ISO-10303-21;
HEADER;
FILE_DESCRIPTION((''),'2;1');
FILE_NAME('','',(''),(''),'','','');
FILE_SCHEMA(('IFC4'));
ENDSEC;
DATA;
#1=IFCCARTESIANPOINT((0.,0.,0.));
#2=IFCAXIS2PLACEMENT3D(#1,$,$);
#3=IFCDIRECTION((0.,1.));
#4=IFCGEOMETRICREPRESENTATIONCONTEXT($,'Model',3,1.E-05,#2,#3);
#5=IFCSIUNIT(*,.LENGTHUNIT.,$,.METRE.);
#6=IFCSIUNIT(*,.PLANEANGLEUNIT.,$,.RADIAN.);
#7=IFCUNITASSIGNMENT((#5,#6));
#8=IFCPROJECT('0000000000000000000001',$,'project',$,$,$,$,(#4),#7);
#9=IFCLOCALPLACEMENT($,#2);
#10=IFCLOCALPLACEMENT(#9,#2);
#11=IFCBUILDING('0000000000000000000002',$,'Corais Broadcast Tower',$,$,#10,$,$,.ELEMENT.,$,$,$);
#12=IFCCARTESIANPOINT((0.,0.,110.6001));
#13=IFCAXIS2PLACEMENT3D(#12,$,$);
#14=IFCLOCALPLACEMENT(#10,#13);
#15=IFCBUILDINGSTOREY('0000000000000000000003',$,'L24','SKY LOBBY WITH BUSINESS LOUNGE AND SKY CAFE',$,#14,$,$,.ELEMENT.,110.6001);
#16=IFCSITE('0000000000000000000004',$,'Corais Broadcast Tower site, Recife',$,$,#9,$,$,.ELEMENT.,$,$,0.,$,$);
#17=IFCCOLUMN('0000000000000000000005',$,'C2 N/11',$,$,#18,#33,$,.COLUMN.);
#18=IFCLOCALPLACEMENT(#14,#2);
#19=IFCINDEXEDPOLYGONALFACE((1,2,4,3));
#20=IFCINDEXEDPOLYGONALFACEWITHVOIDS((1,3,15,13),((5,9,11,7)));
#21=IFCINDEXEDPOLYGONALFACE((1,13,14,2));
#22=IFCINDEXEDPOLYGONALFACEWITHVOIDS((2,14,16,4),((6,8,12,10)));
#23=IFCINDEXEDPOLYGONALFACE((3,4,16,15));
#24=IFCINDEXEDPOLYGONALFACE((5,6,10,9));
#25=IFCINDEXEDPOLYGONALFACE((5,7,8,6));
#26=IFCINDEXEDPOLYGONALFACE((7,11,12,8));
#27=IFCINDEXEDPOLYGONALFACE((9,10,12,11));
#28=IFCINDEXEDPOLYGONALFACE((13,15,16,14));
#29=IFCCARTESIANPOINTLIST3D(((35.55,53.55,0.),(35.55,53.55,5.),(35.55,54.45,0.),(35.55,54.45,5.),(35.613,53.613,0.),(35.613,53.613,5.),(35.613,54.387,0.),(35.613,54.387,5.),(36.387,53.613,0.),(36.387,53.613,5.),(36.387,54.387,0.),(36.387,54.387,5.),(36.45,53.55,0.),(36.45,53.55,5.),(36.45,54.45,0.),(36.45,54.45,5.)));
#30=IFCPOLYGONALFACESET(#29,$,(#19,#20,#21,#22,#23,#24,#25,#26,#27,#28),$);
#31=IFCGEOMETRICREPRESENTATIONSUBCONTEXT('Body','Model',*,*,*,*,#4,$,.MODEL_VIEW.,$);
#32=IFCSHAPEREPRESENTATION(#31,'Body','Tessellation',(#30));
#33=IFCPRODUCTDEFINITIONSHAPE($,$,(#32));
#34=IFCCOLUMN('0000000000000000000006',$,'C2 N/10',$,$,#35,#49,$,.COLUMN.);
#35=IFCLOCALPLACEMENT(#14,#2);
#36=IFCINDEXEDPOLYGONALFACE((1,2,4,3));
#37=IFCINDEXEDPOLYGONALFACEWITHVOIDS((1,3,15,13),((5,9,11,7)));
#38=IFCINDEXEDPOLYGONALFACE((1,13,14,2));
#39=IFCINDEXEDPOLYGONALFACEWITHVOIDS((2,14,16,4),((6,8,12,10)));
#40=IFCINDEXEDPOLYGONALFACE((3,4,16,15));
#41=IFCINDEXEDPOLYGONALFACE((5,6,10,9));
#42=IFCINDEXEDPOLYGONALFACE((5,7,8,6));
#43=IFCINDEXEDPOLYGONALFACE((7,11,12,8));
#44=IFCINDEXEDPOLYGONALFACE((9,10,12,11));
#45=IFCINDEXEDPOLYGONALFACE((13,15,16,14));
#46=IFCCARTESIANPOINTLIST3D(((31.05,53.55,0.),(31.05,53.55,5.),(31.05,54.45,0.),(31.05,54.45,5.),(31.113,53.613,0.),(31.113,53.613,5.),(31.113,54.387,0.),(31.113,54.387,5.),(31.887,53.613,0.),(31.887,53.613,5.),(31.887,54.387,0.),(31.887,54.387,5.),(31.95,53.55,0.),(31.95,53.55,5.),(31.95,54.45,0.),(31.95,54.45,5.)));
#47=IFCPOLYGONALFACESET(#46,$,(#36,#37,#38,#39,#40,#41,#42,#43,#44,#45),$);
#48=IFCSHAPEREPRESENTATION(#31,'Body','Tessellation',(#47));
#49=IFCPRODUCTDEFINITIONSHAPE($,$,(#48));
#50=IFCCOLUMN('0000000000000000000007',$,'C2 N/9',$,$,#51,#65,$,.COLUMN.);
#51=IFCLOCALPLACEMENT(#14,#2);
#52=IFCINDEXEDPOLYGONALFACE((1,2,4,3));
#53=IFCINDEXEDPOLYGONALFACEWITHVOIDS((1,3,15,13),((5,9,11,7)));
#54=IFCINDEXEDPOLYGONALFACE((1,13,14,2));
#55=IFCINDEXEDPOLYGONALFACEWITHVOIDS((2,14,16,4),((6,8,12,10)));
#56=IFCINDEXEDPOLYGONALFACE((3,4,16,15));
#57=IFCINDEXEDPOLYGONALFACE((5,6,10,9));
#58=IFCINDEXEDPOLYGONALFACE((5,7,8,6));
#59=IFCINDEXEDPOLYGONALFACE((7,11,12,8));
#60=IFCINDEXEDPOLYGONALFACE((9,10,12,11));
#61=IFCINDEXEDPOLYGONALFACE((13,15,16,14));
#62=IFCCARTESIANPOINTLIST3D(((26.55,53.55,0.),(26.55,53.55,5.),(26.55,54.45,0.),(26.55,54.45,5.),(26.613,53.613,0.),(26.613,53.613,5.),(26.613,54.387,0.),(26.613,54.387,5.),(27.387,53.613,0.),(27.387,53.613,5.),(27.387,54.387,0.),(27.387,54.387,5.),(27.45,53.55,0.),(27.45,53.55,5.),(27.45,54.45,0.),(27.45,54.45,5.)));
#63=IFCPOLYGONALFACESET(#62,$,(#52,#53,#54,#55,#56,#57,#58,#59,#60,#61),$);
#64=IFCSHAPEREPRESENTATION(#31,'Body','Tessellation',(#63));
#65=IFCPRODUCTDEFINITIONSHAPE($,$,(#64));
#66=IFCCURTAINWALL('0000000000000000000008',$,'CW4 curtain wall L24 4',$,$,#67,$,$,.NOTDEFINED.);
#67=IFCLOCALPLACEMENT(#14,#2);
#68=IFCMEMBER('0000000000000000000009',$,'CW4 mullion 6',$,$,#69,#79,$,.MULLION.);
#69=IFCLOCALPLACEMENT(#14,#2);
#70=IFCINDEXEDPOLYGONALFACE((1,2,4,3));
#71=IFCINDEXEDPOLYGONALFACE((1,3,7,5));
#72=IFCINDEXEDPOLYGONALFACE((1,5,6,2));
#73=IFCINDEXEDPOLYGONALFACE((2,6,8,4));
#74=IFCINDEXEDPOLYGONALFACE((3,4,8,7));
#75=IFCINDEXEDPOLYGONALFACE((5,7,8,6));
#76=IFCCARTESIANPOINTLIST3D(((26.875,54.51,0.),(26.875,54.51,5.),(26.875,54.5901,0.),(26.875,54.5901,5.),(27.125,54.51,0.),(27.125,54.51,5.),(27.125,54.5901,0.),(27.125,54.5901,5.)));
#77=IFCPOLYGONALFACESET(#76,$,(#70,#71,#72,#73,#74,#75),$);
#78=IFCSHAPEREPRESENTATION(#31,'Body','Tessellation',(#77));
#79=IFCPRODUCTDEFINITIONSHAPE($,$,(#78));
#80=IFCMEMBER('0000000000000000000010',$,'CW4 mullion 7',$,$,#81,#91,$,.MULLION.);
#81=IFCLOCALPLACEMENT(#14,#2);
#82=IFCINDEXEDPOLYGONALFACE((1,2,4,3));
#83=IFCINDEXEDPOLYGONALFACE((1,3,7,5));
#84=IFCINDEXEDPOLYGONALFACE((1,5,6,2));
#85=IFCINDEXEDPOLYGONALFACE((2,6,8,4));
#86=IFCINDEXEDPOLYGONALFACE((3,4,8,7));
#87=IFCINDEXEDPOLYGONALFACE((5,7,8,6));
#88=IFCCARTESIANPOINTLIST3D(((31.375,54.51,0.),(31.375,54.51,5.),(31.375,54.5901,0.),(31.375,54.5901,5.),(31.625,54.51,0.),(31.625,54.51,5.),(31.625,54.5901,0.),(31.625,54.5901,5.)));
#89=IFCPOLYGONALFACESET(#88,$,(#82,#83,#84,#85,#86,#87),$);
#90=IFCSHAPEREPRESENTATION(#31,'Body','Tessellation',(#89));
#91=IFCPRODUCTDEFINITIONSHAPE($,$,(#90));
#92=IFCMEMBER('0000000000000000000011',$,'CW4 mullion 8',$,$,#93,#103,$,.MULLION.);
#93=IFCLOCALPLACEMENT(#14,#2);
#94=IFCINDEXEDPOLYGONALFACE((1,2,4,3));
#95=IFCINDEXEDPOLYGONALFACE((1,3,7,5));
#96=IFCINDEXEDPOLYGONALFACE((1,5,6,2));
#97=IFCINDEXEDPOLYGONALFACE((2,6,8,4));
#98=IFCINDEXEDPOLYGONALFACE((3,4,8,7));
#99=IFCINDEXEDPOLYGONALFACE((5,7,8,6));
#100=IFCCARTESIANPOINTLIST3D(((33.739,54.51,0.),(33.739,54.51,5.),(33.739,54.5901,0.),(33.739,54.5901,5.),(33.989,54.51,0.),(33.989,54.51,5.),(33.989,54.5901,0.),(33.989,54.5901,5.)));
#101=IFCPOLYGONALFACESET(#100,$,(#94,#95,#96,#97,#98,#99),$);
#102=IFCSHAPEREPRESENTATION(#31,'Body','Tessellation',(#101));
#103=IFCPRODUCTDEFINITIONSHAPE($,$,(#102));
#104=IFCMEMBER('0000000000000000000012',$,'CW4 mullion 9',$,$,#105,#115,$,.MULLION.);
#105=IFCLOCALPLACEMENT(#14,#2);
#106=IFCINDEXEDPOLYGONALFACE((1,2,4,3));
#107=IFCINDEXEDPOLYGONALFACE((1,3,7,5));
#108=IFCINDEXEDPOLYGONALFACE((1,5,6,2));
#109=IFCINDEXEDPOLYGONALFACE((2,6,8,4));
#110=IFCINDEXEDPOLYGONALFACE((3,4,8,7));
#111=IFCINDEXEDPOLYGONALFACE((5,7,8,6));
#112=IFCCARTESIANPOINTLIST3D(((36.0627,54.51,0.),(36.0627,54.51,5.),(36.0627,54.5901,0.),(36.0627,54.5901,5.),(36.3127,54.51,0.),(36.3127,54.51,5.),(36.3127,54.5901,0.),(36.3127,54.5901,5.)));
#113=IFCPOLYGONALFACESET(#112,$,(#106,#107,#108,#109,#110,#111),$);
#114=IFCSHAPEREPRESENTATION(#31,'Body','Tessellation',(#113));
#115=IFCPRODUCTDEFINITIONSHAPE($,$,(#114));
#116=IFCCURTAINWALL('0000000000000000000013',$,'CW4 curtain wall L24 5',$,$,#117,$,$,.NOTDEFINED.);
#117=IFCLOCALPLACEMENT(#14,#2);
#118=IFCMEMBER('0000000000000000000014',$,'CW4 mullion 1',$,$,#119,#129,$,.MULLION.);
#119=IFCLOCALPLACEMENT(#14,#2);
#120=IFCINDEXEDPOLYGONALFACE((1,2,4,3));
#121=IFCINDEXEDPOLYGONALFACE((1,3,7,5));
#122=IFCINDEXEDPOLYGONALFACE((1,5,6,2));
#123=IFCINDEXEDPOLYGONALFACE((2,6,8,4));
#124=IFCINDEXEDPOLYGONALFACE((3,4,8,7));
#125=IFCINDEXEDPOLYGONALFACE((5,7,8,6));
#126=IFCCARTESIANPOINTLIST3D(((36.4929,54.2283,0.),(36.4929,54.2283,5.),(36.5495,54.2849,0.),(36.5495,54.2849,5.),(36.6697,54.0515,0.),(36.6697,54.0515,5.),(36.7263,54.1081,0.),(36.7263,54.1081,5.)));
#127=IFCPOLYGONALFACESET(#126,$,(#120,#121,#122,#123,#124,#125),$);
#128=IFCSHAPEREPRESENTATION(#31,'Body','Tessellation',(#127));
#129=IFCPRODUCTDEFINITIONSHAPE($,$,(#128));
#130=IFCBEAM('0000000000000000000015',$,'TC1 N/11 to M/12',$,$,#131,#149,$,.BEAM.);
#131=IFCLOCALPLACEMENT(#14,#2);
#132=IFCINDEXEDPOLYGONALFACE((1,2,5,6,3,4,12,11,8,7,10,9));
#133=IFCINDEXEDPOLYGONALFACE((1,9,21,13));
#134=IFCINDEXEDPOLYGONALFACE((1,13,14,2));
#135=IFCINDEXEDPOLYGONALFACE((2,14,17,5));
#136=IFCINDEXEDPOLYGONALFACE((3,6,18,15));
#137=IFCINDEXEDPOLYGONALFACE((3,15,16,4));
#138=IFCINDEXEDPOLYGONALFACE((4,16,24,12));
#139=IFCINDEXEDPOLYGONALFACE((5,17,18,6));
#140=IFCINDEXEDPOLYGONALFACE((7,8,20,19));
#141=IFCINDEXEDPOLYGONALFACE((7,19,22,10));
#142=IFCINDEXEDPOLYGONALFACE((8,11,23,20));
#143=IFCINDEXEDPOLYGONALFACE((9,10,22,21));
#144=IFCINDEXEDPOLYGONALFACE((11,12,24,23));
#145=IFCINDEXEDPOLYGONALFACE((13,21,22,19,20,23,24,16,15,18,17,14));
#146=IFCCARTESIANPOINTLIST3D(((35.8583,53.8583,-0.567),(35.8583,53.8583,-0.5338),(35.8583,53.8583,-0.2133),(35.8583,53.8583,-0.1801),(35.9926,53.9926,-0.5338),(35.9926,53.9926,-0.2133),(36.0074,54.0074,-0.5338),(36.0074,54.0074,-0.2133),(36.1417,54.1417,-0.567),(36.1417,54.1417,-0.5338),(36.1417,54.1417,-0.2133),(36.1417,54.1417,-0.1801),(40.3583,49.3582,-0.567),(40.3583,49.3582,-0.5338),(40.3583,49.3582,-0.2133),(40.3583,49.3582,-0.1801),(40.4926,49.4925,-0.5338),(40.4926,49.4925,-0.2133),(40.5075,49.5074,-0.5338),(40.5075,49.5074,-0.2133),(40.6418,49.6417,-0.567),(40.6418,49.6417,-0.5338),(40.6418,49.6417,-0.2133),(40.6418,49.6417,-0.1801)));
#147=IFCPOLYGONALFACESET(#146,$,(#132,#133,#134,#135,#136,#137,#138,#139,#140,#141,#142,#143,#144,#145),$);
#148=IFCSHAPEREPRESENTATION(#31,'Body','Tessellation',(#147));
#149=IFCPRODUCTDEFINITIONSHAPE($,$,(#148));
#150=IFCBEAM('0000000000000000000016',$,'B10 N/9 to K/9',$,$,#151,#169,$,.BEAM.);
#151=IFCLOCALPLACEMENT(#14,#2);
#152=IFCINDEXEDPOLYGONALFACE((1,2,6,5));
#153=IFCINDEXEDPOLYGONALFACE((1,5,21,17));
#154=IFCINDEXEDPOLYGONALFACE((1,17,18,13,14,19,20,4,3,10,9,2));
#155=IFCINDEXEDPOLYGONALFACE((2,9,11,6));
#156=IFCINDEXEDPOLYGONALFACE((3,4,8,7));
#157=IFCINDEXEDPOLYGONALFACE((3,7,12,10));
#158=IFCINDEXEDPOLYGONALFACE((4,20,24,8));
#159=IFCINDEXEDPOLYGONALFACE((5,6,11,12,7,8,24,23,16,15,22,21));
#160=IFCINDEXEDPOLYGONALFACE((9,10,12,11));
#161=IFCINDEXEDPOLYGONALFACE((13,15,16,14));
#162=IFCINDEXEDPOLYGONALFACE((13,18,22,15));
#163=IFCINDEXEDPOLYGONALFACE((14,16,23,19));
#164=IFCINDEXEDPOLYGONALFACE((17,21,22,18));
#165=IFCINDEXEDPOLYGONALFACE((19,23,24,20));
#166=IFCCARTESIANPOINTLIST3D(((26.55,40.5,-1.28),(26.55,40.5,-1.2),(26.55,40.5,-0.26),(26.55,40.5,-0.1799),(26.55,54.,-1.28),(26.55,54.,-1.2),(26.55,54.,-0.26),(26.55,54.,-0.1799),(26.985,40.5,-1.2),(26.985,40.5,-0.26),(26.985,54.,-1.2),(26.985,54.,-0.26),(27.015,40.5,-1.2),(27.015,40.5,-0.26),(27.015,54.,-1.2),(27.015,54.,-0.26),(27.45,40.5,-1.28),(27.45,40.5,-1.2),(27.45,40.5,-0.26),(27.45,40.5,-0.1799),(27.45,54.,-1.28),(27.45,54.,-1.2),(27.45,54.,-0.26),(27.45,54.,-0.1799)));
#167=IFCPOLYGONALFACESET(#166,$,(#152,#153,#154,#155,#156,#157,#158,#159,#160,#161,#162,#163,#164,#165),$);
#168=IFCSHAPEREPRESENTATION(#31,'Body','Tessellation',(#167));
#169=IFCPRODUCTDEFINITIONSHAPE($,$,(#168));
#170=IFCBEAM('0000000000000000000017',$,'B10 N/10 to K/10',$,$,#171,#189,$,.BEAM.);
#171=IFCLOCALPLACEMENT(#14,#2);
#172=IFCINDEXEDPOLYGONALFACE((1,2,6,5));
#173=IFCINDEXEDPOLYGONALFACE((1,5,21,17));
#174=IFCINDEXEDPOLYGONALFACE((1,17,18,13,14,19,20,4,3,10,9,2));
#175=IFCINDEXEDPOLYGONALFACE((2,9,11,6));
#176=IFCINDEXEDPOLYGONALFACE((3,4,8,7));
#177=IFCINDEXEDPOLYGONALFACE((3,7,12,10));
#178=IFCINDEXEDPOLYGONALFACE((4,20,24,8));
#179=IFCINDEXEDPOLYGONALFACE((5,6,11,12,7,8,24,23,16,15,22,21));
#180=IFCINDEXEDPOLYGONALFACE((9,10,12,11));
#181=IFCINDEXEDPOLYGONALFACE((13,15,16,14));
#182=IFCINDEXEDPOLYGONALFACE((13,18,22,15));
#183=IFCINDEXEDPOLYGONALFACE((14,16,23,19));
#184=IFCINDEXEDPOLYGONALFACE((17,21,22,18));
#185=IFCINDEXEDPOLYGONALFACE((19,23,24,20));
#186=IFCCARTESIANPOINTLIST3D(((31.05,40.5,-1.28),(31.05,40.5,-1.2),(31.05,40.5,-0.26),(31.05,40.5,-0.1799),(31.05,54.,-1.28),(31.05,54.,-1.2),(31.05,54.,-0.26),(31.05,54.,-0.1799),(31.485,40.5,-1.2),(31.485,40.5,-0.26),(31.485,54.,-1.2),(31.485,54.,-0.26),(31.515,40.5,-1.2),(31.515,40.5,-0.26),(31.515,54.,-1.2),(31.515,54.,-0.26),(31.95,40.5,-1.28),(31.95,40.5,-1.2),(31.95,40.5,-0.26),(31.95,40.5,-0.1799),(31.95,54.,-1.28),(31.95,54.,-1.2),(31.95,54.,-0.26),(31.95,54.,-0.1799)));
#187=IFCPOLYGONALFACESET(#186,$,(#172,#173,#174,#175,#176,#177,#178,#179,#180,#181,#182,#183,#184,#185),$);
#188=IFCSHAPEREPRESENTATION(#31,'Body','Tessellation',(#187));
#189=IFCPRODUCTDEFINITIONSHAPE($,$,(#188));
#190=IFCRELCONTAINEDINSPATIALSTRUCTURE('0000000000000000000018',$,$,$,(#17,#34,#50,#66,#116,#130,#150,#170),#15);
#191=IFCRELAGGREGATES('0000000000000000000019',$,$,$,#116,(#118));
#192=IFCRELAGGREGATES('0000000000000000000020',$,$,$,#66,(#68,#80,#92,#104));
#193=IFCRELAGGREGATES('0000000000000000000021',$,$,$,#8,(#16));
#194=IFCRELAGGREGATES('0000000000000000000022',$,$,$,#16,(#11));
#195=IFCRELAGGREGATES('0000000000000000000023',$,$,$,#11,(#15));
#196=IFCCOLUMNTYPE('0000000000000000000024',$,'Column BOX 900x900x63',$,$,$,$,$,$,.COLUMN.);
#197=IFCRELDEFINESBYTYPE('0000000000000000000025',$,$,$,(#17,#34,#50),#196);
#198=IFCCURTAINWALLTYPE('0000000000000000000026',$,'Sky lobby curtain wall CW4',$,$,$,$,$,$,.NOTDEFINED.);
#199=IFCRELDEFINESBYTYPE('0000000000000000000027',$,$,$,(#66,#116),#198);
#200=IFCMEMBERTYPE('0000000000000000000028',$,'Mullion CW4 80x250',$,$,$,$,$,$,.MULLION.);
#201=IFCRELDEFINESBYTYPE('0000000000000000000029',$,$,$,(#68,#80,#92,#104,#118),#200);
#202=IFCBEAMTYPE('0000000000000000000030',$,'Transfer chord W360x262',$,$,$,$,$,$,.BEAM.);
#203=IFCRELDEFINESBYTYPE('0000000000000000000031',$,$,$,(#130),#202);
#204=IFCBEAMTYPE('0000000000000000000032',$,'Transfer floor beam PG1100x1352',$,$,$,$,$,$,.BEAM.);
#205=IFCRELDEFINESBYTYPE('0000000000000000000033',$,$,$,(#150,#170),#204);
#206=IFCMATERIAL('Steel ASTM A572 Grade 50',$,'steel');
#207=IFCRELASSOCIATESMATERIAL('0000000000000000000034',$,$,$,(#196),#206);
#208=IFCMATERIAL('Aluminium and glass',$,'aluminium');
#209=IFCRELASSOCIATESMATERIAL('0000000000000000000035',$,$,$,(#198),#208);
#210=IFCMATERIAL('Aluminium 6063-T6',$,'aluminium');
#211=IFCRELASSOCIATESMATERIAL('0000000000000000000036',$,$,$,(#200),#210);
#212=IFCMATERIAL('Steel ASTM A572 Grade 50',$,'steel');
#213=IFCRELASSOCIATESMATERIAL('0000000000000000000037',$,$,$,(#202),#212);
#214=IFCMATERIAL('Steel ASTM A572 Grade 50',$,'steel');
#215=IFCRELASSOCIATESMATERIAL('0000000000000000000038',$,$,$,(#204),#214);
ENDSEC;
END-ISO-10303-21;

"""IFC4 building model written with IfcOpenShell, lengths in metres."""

from ifc_helpers import new_model, si_unit, direction, frame, origin, origin_2d, place, context, subcontext, project, spatial, rectangle, hollow_rectangle, i_section, extrude, material, material_profile, profile_set, type_object, element, aggregate, save


model = new_model("IFC4")

# Units and contexts
model_context = context("Model", 3, precision=1e-05, world=origin(), true_north=direction((0.0, 1.0)))
body_context = subcontext(model_context, "Body", "Model", "MODEL_VIEW")
ifc_project = project(units=[si_unit("LENGTHUNIT", "METRE"), si_unit("PLANEANGLEUNIT", "RADIAN")], contexts=[model_context])

# Site, building, storey
site_placement = place(None, origin())
site = spatial("IfcSite", under=ifc_project, at=site_placement, Name="Corais Broadcast Tower site, Recife", CompositionType="ELEMENT", RefElevation=0.0)
building_placement = place(site_placement, origin())
building = spatial("IfcBuilding", under=site, at=building_placement, Name="Corais Broadcast Tower", CompositionType="ELEMENT")
storey_placement = place(building_placement, frame((0.0, 0.0, 110.6001)))
storey = spatial("IfcBuildingStorey", under=building, at=storey_placement, Name="L24", Description="SKY LOBBY WITH BUSINESS LOUNGE AND SKY CAFE", CompositionType="ELEMENT", Elevation=110.6001)

# Columns
ifc_material_1 = material(Name="Steel ASTM A572 Grade 50", Category="steel")
ifc_material_profile_1 = material_profile(ifc_material_1, hollow_rectangle(XDim=0.8999, YDim=0.8999, WallThickness=0.063, at=origin_2d()), Name="BOX 900x900x63")
ifc_profile_set_1 = profile_set([ifc_material_profile_1], Name="Steel ASTM A572 Grade 50")
column_type = type_object("IfcColumnType", Name="Column BOX 900x900x63", PredefinedType="COLUMN", material=ifc_profile_set_1)
for number, where, z_axis, x_axis, name in (
    (1, (36.0, 54.0, 0.0), (0.0, 0.0, 1.0), (1.0, 0.0, 0.0), "C2 N/11"),
    (2, (31.5, 54.0, 0.0), (0.0, 0.0, 1.0), (1.0, 0.0, 0.0), "C2 N/10"),
    (3, (27.0, 54.0, 0.0), (0.0, 0.0, 1.0), (1.0, 0.0, 0.0), "C2 N/9"),
):
    element("IfcColumn", number, at=place(storey_placement, frame(where, z_axis=z_axis, x_axis=x_axis)), inside=storey, type_object=column_type, Name=name, PredefinedType="COLUMN", context=body_context, shape_type="SweptSolid", body=[
        extrude(hollow_rectangle(XDim=0.8999, YDim=0.8999, WallThickness=0.063, at=origin_2d()), origin(), (0.0, 0.0, 1.0), 5.0),
    ])

# Curtain wall, members
ifc_material_2 = material(Name="Aluminium and glass", Category="aluminium")
curtain_wall_type = type_object("IfcCurtainWallType", Name="Sky lobby curtain wall CW4", PredefinedType="NOTDEFINED", material=ifc_material_2)
curtain_wall_1_placement = place(storey_placement, origin())
curtain_wall_1 = element("IfcCurtainWall", 4, at=curtain_wall_1_placement, inside=storey, type_object=curtain_wall_type, Name="CW4 curtain wall L24 4", PredefinedType="NOTDEFINED")
ifc_material_3 = material(Name="Aluminium 6063-T6", Category="aluminium")
ifc_material_profile_2 = material_profile(ifc_material_3, rectangle(XDim=0.0801, YDim=0.25, at=origin_2d()), Name="Mullion CW4 80x250")
ifc_profile_set_2 = profile_set([ifc_material_profile_2], Name="Aluminium 6063-T6")
member_type_1 = type_object("IfcMemberType", Name="Mullion CW4 80x250", PredefinedType="MULLION", material=ifc_profile_set_2)
member_1_placement = place(storey_placement, frame((27.0, 54.55, 0.0), z_axis=(0.0, 0.0, 1.0), x_axis=(0.0, 1.0, 0.0)))
member_1 = element("IfcMember", 5, at=member_1_placement, type_object=member_type_1, Name="CW4 mullion 6", PredefinedType="MULLION", context=body_context, shape_type="SweptSolid", body=[
    extrude(rectangle(XDim=0.0801, YDim=0.25, at=origin_2d()), origin(), (0.0, 0.0, 1.0), 5.0),
])
member_2_placement = place(storey_placement, frame((31.5, 54.55, 0.0), z_axis=(0.0, 0.0, 1.0), x_axis=(0.0, 1.0, 0.0)))
member_2 = element("IfcMember", 6, at=member_2_placement, type_object=member_type_1, Name="CW4 mullion 7", PredefinedType="MULLION", context=body_context, shape_type="SweptSolid", body=[
    extrude(rectangle(XDim=0.0801, YDim=0.25, at=origin_2d()), origin(), (0.0, 0.0, 1.0), 5.0),
])
member_3_placement = place(storey_placement, frame((33.864, 54.55, 0.0), z_axis=(0.0, 0.0, 1.0), x_axis=(0.0, 1.0, 0.0)))
member_3 = element("IfcMember", 7, at=member_3_placement, type_object=member_type_1, Name="CW4 mullion 8", PredefinedType="MULLION", context=body_context, shape_type="SweptSolid", body=[
    extrude(rectangle(XDim=0.0801, YDim=0.25, at=origin_2d()), origin(), (0.0, 0.0, 1.0), 5.0),
])
member_4_placement = place(storey_placement, frame((36.1877, 54.55, 0.0), z_axis=(0.0, 0.0, 1.0), x_axis=(0.0, 1.0, 0.0)))
member_4 = element("IfcMember", 8, at=member_4_placement, type_object=member_type_1, Name="CW4 mullion 9", PredefinedType="MULLION", context=body_context, shape_type="SweptSolid", body=[
    extrude(rectangle(XDim=0.0801, YDim=0.25, at=origin_2d()), origin(), (0.0, 0.0, 1.0), 5.0),
])

# Curtain wall, member
curtain_wall_2_placement = place(storey_placement, origin())
curtain_wall_2 = element("IfcCurtainWall", 9, at=curtain_wall_2_placement, inside=storey, type_object=curtain_wall_type, Name="CW4 curtain wall L24 5", PredefinedType="NOTDEFINED")
member_5_placement = place(storey_placement, frame((36.6096, 54.1682, 0.0), z_axis=(0.0, 0.0, 1.0), x_axis=(0.707107, 0.707107, 0.0)))
member_5 = element("IfcMember", 10, at=member_5_placement, type_object=member_type_1, Name="CW4 mullion 1", PredefinedType="MULLION", context=body_context, shape_type="SweptSolid", body=[
    extrude(rectangle(XDim=0.0801, YDim=0.25, at=origin_2d()), origin(), (0.0, 0.0, 1.0), 5.0),
])

# Beams
ifc_material_4 = material(Name="Steel ASTM A572 Grade 50", Category="steel")
ifc_material_profile_3 = material_profile(ifc_material_4, i_section(OverallWidth=0.4009, OverallDepth=0.387, WebThickness=0.021, FlangeThickness=0.0332, at=origin_2d()), Name="W360x262")
ifc_profile_set_3 = profile_set([ifc_material_profile_3], Name="Steel ASTM A572 Grade 50")
beam_type_1 = type_object("IfcBeamType", Name="Transfer chord W360x262", PredefinedType="BEAM", material=ifc_profile_set_3)
beam_1_placement = place(storey_placement, frame((36.0, 54.0, -0.3735), z_axis=(0.707107, -0.707107, 0.0), x_axis=(0.707107, 0.707107, 0.0)))
element("IfcBeam", 11, at=beam_1_placement, inside=storey, type_object=beam_type_1, Name="TC1 N/11 to M/12", PredefinedType="BEAM", context=body_context, shape_type="SweptSolid", body=[
    extrude(i_section(OverallWidth=0.4009, OverallDepth=0.387, WebThickness=0.021, FlangeThickness=0.0332, at=origin_2d()), origin(), (0.0, 0.0, 1.0), 6.364),
])
ifc_material_5 = material(Name="Steel ASTM A572 Grade 50", Category="steel")
ifc_material_profile_4 = material_profile(ifc_material_5, i_section(OverallWidth=0.8999, OverallDepth=1.1001, WebThickness=0.03, FlangeThickness=0.0801, at=origin_2d()), Name="PG1100x1352")
ifc_profile_set_4 = profile_set([ifc_material_profile_4], Name="Steel ASTM A572 Grade 50")
beam_type_2 = type_object("IfcBeamType", Name="Transfer floor beam PG1100x1352", PredefinedType="BEAM", material=ifc_profile_set_4)
for number, where, z_axis, x_axis, name in (
    (12, (27.0, 54.0, -0.73), (0.0, -1.0, 0.0), (1.0, 0.0, 0.0), "B10 N/9 to K/9"),
    (13, (31.5, 54.0, -0.73), (0.0, -1.0, 0.0), (1.0, 0.0, 0.0), "B10 N/10 to K/10"),
):
    element("IfcBeam", number, at=place(storey_placement, frame(where, z_axis=z_axis, x_axis=x_axis)), inside=storey, type_object=beam_type_2, Name=name, PredefinedType="BEAM", context=body_context, shape_type="SweptSolid", body=[
        extrude(i_section(OverallWidth=0.8999, OverallDepth=1.1001, WebThickness=0.03, FlangeThickness=0.0801, at=origin_2d()), origin(), (0.0, 0.0, 1.0), 13.5),
    ])

aggregate(curtain_wall_2, [member_5])

aggregate(curtain_wall_1, [member_1, member_2, member_3, member_4])

save(model, "model.ifc")
